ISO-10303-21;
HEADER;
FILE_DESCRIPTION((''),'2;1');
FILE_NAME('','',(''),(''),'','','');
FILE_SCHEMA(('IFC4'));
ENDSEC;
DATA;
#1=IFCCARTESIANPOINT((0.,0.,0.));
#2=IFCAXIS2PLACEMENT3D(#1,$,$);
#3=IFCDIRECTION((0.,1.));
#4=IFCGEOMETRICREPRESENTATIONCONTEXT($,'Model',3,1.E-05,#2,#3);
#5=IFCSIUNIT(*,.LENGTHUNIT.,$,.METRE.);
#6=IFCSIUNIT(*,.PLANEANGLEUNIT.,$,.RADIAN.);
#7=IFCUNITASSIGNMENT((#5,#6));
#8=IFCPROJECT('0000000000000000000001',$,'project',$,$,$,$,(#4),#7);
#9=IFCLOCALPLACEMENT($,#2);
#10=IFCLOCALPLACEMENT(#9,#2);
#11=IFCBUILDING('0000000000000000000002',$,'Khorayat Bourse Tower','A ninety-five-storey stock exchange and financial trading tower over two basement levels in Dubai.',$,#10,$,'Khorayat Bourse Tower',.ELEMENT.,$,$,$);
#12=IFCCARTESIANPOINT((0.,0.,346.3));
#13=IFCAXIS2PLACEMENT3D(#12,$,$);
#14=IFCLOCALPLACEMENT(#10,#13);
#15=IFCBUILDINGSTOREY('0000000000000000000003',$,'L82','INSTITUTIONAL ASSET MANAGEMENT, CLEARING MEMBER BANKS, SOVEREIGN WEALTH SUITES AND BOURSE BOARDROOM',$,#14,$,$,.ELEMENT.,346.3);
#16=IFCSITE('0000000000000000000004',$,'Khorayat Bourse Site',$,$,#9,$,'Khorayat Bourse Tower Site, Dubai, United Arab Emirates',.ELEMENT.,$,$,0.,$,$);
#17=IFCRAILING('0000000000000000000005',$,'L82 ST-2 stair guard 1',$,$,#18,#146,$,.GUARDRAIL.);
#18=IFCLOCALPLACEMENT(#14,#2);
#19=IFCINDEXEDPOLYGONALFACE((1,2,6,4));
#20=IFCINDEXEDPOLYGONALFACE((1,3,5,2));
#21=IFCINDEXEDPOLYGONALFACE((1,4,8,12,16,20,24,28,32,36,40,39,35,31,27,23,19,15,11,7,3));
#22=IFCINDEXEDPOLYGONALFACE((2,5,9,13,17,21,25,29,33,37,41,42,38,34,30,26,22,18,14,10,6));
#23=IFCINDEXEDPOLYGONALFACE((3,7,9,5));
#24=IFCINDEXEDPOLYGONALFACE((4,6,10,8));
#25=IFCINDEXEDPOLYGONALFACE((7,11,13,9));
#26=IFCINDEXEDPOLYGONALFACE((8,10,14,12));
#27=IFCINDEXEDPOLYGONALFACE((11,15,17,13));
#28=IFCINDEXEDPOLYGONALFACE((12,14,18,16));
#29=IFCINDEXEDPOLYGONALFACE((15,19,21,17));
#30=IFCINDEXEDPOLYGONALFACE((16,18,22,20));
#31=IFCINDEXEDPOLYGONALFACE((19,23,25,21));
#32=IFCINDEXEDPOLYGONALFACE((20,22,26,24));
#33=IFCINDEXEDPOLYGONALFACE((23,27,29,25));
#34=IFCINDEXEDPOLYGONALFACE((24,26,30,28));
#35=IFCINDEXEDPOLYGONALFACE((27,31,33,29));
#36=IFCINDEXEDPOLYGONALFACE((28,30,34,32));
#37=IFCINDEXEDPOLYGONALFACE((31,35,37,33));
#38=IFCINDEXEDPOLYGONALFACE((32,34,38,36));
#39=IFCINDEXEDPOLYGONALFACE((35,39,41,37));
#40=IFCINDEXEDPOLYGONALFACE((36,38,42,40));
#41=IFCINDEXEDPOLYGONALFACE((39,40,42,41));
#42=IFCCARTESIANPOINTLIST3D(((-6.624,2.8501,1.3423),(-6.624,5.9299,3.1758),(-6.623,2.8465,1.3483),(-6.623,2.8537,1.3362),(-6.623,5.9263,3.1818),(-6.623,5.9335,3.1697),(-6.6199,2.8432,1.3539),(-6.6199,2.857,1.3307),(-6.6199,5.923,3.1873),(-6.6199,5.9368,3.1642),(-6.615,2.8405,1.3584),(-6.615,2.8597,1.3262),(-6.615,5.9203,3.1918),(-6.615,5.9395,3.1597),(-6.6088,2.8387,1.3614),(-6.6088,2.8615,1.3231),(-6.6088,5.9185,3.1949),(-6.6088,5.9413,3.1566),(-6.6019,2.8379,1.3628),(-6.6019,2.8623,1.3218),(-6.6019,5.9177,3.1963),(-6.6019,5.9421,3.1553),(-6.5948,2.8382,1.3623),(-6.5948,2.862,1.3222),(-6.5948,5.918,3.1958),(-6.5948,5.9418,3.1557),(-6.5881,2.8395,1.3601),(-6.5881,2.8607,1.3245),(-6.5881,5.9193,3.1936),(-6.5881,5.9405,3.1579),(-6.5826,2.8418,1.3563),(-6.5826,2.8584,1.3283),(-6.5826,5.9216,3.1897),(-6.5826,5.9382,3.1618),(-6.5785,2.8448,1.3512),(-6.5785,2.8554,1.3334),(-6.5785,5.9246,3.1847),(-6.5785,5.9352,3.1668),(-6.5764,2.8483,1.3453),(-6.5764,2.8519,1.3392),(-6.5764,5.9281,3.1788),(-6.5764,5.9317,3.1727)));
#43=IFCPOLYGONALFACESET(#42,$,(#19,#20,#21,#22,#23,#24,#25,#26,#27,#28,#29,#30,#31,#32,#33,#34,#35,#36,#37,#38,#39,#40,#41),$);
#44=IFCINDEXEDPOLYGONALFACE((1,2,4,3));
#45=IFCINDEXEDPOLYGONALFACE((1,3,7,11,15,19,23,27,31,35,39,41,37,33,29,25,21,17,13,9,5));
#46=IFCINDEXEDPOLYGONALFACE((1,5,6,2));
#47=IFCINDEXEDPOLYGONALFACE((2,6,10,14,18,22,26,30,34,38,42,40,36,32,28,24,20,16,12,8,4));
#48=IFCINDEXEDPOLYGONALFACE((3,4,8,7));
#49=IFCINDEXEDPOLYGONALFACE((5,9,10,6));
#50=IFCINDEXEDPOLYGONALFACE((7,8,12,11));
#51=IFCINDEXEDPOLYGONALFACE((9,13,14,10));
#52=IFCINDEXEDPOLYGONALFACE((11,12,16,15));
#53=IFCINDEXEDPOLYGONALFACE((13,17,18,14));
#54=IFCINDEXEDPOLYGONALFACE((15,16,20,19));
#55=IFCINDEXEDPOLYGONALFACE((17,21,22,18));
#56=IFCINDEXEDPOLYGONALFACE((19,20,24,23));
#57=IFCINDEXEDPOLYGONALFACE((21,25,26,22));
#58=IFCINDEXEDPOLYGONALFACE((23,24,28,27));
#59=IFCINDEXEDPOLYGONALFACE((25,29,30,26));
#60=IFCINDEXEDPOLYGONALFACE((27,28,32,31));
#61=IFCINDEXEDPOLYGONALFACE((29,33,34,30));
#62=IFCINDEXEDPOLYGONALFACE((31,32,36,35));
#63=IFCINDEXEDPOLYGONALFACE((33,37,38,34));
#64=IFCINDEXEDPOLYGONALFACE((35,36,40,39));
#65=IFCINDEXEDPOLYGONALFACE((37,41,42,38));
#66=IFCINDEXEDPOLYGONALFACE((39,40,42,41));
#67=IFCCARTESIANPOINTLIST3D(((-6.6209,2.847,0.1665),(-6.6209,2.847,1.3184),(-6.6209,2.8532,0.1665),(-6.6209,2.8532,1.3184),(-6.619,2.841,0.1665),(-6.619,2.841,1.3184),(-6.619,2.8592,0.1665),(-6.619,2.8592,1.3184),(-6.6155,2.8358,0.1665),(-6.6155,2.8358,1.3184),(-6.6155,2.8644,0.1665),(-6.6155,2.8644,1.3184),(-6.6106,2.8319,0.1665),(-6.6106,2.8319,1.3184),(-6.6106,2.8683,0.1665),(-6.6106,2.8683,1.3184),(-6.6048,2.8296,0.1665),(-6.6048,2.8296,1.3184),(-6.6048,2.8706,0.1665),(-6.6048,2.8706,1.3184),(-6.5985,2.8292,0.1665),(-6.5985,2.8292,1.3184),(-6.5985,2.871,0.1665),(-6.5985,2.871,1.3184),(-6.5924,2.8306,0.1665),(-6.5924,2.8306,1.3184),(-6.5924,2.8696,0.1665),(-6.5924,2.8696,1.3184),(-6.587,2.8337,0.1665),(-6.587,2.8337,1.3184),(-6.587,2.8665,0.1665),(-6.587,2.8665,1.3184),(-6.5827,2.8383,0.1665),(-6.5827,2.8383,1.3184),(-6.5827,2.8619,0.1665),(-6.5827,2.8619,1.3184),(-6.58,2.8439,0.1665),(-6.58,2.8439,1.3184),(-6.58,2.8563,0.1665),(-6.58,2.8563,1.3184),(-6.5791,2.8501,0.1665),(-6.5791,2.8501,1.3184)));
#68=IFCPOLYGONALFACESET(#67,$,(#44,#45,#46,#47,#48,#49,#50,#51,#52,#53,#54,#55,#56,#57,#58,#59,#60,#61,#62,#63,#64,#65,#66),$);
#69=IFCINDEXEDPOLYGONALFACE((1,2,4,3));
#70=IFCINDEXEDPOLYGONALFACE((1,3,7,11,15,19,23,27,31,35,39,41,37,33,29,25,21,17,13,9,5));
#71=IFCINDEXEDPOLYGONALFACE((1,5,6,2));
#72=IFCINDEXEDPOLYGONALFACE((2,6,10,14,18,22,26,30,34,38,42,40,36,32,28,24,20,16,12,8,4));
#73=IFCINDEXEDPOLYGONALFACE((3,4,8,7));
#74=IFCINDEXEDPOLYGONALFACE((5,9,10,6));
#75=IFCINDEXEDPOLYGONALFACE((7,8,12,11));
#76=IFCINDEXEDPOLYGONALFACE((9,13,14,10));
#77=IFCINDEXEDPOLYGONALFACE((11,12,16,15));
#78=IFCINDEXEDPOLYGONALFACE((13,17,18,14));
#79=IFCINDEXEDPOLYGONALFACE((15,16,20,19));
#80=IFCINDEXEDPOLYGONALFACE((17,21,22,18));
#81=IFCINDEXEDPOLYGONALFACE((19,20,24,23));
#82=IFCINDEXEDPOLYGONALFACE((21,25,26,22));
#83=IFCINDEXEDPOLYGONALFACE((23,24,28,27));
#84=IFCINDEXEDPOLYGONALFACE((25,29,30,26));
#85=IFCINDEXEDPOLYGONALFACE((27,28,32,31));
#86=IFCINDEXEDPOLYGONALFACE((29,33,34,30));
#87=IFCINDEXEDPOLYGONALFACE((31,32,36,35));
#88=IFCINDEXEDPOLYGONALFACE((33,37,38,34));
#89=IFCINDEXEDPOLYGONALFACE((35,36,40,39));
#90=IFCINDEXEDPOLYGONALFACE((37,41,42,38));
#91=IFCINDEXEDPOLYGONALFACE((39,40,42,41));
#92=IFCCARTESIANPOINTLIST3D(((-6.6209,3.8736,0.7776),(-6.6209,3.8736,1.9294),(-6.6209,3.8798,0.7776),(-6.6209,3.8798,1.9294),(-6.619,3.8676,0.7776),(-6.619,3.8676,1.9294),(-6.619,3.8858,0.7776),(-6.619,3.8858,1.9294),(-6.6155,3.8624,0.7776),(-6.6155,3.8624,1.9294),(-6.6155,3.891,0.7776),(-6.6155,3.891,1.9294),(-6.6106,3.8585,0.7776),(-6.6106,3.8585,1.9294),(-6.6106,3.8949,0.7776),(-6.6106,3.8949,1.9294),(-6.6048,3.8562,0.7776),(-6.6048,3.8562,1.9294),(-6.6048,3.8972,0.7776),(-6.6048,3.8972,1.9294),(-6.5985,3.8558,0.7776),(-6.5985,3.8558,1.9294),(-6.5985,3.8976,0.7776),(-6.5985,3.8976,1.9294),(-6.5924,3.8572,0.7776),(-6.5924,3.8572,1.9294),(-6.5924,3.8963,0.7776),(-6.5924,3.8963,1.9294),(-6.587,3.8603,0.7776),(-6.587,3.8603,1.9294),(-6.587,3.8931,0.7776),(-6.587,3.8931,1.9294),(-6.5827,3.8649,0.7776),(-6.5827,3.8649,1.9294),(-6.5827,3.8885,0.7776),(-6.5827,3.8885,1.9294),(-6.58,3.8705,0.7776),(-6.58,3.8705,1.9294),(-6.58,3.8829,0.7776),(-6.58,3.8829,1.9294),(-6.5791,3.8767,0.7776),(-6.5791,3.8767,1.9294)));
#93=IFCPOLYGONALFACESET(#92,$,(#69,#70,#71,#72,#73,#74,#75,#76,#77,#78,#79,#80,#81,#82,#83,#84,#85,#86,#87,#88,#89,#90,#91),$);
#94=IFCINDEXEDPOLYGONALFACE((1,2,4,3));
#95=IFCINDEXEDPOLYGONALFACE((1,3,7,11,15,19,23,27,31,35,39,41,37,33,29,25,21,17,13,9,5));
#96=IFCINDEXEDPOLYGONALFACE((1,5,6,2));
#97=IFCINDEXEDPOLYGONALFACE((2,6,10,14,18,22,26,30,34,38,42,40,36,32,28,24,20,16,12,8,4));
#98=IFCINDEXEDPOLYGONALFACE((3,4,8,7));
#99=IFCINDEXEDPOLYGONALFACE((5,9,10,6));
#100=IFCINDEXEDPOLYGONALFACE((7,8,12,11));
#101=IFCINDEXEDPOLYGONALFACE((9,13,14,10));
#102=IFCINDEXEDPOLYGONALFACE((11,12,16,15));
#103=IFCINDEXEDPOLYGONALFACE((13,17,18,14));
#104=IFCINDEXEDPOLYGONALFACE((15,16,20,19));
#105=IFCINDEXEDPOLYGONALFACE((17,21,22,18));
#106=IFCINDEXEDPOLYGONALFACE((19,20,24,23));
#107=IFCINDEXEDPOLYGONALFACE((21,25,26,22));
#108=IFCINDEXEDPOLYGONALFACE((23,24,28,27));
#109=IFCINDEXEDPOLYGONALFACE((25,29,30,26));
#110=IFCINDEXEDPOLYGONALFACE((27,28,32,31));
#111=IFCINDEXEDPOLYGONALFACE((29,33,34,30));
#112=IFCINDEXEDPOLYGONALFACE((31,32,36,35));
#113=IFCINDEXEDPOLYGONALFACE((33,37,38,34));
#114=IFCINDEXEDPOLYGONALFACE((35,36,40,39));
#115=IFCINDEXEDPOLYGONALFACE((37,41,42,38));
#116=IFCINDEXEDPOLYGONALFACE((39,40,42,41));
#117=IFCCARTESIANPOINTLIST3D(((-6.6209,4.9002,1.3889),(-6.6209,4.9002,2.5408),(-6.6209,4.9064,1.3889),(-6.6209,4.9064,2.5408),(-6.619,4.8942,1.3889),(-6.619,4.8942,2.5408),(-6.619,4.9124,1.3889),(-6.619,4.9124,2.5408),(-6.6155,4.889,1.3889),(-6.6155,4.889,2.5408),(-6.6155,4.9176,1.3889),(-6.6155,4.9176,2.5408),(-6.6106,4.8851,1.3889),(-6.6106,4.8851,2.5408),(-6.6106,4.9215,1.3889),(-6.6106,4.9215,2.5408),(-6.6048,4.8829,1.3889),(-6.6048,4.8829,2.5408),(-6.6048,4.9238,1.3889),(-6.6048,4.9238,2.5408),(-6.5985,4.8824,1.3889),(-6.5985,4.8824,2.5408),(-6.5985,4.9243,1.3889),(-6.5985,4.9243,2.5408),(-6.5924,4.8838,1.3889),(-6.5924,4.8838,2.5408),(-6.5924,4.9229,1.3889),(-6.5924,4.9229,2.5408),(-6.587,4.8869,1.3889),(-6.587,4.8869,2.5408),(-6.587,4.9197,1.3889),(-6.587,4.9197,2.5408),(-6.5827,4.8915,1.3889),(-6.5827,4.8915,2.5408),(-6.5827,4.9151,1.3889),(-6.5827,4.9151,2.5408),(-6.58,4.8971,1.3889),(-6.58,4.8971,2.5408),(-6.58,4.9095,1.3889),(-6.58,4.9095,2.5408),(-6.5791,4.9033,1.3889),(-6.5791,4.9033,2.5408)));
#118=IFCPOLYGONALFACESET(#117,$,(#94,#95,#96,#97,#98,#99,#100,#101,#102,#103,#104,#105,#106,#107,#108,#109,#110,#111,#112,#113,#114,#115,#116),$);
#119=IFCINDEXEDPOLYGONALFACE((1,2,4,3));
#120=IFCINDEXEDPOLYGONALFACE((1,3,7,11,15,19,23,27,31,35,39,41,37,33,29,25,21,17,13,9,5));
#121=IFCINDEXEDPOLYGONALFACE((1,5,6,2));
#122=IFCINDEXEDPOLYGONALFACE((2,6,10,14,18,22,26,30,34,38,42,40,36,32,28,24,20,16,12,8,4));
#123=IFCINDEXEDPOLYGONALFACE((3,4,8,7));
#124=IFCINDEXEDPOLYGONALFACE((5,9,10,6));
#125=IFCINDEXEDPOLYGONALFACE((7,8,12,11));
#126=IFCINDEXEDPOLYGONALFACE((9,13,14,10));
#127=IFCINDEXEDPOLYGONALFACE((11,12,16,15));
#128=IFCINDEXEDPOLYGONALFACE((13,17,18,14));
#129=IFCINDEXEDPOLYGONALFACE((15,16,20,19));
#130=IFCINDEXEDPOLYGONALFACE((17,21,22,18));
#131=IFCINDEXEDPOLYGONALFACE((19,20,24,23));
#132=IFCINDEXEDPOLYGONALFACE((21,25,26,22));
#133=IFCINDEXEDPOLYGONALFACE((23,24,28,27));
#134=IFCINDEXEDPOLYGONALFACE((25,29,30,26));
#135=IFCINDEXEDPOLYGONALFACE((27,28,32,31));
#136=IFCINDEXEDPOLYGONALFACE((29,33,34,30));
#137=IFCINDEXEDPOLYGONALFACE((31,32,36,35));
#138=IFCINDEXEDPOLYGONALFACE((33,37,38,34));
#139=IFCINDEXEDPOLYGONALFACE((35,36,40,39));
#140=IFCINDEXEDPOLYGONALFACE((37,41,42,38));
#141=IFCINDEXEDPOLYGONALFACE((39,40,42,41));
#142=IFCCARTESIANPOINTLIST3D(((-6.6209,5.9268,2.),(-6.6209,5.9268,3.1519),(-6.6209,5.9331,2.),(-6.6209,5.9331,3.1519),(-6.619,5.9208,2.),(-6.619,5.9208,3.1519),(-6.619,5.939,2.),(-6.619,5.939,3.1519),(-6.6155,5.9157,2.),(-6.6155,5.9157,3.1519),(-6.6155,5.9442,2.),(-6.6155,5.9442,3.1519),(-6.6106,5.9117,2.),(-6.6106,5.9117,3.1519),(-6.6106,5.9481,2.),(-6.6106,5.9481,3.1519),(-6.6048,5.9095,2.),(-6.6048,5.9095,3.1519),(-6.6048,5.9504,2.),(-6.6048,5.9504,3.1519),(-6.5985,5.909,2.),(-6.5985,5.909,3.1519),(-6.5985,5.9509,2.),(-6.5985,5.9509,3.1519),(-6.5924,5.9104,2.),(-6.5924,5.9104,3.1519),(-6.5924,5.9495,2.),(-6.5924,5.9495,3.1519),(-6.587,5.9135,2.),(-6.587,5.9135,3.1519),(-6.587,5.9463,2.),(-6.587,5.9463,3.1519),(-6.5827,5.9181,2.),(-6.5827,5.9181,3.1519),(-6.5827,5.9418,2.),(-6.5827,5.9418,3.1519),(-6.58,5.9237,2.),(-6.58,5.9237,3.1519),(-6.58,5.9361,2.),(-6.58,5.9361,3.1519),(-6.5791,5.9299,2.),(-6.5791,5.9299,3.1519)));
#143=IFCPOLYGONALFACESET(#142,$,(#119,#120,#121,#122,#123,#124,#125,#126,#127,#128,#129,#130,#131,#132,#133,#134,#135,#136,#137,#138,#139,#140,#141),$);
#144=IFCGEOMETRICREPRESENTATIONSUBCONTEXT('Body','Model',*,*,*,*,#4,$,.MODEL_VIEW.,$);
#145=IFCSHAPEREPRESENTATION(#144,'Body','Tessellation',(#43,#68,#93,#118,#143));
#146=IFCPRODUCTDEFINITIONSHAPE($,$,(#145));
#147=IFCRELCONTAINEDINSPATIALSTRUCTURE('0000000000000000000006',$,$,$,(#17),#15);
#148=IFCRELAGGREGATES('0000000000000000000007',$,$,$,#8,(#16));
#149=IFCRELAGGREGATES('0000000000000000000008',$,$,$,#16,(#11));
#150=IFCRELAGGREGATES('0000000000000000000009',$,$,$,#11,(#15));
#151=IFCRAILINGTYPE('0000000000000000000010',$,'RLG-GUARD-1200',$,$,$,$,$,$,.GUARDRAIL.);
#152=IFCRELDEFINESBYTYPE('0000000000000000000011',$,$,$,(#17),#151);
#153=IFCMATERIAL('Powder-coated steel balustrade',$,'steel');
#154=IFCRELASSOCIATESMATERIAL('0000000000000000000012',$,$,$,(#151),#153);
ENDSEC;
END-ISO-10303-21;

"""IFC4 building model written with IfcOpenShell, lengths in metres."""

from ifc_helpers import new_model, si_unit, direction, frame, origin, origin_2d, place, context, subcontext, project, spatial, circle, extrude, source, transform, mapped, material, type_object, element, save


model = new_model("IFC4")

# Units and contexts
model_context = context("Model", 3, precision=1e-05, world=origin(), true_north=direction((0.0, 1.0)))
body_context = subcontext(model_context, "Body", "Model", "MODEL_VIEW")
ifc_project = project(units=[si_unit("LENGTHUNIT", "METRE"), si_unit("PLANEANGLEUNIT", "RADIAN")], contexts=[model_context])

# Site, building, storey
site_placement = place(None, origin())
site = spatial("IfcSite", under=ifc_project, at=site_placement, Name="Khorayat Bourse Site", LongName="Khorayat Bourse Tower Site, Dubai, United Arab Emirates", CompositionType="ELEMENT", RefElevation=0.0)
building_placement = place(site_placement, origin())
building = spatial("IfcBuilding", under=site, at=building_placement, Name="Khorayat Bourse Tower", Description="A ninety-five-storey stock exchange and financial trading tower over two basement levels in Dubai.", LongName="Khorayat Bourse Tower", CompositionType="ELEMENT")
storey_placement = place(building_placement, frame((0.0, 0.0, 346.3)))
storey = spatial("IfcBuildingStorey", under=building, at=storey_placement, Name="L82", Description="INSTITUTIONAL ASSET MANAGEMENT, CLEARING MEMBER BANKS, SOVEREIGN WEALTH SUITES AND BOURSE BOARDROOM", CompositionType="ELEMENT", Elevation=346.3)

# Railing
ifc_material_1 = material(Name="Powder-coated steel balustrade", Category="steel")
railing_type_1 = type_object("IfcRailingType", Name="RLG-GUARD-1200", PredefinedType="GUARDRAIL", material=ifc_material_1)
shared_shape_1 = source(origin(), body_context, "Body", "SweptSolid", [
    extrude(circle(Radius=0.0239, at=origin_2d()), frame((0.0, 0.0, 1.1758), z_axis=(0.0, 0.859261, 0.511538), x_axis=(-1.0, 0.0, 0.0)), (0.0, 0.0, 1.0), 3.5842),
    extrude(circle(Radius=0.021, at=origin_2d()), origin(), (0.0, 0.0, 1.0), 1.1519),
    extrude(circle(Radius=0.021, at=origin_2d()), frame((0.0, 1.0266, 0.6111)), (0.0, 0.0, 1.0), 1.1519),
    extrude(circle(Radius=0.021, at=origin_2d()), frame((0.0, 2.0532, 1.2224)), (0.0, 0.0, 1.0), 1.1519),
    extrude(circle(Radius=0.021, at=origin_2d()), frame((0.0, 3.0798, 1.8335)), (0.0, 0.0, 1.0), 1.1519),
])
railing_1_placement = place(storey_placement, frame((-6.6001, 2.8501, 0.1665)))
element("IfcRailing", 1, at=railing_1_placement, inside=storey, type_object=railing_type_1, Name="L82 ST-2 stair guard 1", PredefinedType="GUARDRAIL", context=body_context, shape_type="MappedRepresentation", body=[
    mapped(shared_shape_1, transform((0.0, 0.0, 0.0), scale=1.0)),
])

save(model, "model.ifc")
